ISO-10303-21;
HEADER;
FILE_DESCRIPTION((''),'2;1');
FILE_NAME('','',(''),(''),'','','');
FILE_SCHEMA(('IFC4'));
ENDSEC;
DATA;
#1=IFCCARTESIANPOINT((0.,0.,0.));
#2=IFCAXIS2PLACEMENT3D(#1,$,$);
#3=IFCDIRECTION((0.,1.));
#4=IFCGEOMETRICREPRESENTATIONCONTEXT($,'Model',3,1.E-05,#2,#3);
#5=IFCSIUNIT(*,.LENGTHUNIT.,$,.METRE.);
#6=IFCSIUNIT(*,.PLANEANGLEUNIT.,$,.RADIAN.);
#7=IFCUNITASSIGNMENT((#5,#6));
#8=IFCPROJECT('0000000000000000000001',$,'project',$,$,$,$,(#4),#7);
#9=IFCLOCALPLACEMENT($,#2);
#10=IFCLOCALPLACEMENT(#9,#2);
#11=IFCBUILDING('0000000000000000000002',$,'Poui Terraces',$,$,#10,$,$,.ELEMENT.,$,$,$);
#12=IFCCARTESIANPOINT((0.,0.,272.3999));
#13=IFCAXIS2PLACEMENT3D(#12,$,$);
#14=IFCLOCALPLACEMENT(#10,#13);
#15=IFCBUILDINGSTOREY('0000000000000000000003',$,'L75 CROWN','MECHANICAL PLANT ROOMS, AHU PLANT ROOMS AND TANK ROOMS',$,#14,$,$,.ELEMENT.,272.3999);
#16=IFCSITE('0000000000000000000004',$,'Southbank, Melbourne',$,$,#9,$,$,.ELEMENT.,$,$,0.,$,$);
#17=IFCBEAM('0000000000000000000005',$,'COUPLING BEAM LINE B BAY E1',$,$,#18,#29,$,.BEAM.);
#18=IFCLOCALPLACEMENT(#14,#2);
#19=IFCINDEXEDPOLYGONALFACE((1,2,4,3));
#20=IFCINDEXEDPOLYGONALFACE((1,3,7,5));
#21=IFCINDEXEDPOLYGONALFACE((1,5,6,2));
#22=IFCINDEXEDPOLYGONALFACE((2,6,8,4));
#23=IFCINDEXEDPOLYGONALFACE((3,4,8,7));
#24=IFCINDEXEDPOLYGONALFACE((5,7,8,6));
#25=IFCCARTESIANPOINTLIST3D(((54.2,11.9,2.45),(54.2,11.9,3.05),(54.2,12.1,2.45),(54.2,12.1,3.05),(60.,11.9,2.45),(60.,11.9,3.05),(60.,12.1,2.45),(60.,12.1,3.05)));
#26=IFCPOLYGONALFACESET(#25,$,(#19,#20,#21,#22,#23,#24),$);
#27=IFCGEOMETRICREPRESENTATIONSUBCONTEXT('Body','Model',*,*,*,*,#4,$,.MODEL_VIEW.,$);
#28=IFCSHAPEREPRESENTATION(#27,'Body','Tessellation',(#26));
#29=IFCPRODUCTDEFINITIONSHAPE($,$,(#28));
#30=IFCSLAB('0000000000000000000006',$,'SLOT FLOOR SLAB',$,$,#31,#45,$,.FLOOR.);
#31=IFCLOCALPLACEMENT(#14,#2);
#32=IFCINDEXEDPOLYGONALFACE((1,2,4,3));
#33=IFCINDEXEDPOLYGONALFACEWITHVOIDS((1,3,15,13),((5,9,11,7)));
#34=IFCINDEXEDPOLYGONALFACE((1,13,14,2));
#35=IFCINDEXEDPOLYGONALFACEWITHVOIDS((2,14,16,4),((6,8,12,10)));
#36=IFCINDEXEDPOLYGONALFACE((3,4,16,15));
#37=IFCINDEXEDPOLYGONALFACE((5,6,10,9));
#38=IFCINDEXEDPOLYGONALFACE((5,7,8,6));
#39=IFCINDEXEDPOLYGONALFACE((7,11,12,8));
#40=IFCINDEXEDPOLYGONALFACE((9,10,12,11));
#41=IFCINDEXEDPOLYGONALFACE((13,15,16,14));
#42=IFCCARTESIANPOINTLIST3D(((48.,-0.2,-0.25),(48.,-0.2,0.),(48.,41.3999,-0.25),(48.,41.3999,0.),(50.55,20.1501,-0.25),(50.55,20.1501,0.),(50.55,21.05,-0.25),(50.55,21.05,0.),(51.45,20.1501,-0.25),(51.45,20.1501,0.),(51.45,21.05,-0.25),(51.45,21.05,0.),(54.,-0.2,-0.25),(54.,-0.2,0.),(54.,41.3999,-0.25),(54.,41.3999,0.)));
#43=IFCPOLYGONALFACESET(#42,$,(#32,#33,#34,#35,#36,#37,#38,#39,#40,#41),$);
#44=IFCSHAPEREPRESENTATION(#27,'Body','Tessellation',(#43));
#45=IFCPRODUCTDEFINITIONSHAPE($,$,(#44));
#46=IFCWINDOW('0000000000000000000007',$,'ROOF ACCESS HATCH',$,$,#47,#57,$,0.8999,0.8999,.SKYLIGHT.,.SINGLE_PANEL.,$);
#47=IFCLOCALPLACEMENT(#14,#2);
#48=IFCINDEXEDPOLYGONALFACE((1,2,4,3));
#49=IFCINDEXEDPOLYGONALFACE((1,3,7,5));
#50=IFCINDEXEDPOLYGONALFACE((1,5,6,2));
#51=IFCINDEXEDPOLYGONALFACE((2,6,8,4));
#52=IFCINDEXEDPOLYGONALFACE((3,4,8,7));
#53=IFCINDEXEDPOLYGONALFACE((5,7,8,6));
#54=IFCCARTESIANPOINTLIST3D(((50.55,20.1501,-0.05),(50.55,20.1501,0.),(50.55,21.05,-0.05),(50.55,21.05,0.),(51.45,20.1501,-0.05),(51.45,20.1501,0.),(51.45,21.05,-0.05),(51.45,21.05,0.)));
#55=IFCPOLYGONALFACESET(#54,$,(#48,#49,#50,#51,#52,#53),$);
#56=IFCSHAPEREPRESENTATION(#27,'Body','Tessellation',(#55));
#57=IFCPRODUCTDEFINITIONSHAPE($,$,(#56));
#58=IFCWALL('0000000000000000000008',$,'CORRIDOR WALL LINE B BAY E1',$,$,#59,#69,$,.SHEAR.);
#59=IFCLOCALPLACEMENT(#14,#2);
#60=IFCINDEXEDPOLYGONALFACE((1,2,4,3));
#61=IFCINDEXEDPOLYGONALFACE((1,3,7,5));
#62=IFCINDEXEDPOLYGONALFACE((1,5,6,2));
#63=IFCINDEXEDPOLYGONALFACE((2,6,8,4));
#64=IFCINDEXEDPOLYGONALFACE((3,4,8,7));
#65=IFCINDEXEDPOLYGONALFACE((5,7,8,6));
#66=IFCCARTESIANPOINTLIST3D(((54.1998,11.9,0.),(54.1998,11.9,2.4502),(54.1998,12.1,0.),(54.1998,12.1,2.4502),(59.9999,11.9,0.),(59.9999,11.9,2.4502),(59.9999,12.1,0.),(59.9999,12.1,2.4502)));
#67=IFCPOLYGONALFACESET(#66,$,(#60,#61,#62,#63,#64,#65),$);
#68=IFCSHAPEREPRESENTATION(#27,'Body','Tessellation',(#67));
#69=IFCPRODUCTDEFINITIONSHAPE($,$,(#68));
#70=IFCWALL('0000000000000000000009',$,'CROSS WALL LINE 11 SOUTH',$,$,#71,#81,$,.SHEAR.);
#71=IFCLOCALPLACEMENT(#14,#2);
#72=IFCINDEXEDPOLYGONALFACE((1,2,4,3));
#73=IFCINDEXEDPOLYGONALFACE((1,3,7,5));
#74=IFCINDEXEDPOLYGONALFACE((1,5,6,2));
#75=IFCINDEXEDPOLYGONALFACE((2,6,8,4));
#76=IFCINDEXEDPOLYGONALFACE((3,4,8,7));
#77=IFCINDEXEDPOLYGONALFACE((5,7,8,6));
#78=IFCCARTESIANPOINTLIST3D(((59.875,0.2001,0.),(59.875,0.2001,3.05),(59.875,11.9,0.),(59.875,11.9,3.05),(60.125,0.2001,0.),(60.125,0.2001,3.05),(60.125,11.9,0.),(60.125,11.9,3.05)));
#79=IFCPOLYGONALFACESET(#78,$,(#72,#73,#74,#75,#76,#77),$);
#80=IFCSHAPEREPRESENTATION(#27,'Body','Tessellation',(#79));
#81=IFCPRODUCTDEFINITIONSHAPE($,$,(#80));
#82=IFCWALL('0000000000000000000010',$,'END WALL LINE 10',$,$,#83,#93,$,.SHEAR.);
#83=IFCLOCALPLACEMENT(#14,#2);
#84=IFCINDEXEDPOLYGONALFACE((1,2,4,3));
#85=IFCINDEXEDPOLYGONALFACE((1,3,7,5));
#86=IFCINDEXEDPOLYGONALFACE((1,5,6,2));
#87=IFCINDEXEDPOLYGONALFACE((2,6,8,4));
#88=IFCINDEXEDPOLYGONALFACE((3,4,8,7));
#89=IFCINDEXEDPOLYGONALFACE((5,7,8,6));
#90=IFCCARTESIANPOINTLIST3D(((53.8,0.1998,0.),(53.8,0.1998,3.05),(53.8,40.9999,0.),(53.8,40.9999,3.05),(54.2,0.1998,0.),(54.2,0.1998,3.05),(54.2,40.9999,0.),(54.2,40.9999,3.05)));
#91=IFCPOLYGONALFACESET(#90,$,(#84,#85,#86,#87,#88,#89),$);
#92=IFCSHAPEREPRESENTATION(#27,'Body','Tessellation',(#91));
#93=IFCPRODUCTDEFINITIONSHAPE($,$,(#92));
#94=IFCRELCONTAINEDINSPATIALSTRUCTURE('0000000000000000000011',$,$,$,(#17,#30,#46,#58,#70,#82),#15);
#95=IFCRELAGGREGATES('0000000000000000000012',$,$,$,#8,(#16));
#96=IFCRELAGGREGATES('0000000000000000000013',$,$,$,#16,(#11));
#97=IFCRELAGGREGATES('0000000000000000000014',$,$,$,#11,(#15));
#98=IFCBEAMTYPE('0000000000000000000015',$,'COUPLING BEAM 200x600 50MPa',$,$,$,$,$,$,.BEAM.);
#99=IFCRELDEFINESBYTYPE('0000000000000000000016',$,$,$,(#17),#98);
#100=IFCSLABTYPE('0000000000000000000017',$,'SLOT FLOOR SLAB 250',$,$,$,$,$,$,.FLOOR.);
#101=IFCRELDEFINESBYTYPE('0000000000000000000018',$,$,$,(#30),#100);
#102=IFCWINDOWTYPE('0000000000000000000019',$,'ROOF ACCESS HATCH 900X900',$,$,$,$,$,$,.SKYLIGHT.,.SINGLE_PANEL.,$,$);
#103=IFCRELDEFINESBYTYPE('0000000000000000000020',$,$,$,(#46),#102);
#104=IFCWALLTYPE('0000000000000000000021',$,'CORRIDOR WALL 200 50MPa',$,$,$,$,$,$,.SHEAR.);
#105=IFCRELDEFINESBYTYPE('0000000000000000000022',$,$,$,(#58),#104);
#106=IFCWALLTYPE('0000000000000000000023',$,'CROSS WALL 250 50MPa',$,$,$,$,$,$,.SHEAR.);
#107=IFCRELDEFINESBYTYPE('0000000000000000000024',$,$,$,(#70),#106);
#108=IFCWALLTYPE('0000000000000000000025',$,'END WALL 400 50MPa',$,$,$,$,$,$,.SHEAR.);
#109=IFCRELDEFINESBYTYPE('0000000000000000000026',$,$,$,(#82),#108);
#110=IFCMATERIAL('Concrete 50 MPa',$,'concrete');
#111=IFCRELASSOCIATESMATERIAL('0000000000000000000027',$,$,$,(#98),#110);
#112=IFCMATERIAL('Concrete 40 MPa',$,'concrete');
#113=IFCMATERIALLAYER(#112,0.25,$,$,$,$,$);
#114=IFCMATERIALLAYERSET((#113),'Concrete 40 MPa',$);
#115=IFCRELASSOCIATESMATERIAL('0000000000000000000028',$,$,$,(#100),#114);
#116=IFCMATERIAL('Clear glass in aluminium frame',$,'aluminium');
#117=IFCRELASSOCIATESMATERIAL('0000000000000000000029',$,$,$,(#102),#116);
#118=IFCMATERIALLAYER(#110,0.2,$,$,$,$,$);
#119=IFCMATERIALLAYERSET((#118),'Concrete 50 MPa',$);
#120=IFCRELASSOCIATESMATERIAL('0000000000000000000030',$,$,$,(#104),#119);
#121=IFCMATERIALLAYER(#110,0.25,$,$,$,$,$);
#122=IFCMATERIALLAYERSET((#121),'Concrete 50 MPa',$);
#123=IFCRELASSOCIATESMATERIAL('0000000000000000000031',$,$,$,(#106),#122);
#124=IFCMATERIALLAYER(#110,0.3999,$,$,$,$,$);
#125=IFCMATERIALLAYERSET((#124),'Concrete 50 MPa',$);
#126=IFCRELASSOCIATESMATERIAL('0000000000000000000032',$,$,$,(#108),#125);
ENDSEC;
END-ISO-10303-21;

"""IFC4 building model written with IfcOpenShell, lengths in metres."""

from ifc_helpers import new_model, si_unit, direction, frame, frame_2d, origin, origin_2d, place, context, subcontext, project, spatial, polyline, rectangle, outline, extrude, source, transform, mapped, material, layer, layer_set, material_profile, profile_set, type_object, element, fill, save


model = new_model("IFC4")

# Units and contexts
model_context = context("Model", 3, precision=1e-05, world=origin(), true_north=direction((0.0, 1.0)))
body_context = subcontext(model_context, "Body", "Model", "MODEL_VIEW")
ifc_project = project(units=[si_unit("LENGTHUNIT", "METRE"), si_unit("PLANEANGLEUNIT", "RADIAN")], contexts=[model_context])

# Site, building, storey
site_placement = place(None, origin())
site = spatial("IfcSite", under=ifc_project, at=site_placement, Name="Southbank, Melbourne", CompositionType="ELEMENT", RefElevation=0.0)
building_placement = place(site_placement, origin())
building = spatial("IfcBuilding", under=site, at=building_placement, Name="Poui Terraces", CompositionType="ELEMENT")
storey_placement = place(building_placement, frame((0.0, 0.0, 272.3999)))
storey = spatial("IfcBuildingStorey", under=building, at=storey_placement, Name="L75 CROWN", Description="MECHANICAL PLANT ROOMS, AHU PLANT ROOMS AND TANK ROOMS", CompositionType="ELEMENT", Elevation=272.3999)

# Beam
ifc_material_1 = material(Name="Concrete 50 MPa", Category="concrete")
ifc_material_profile_1 = material_profile(ifc_material_1, rectangle(XDim=0.2, YDim=0.6001, at=origin_2d()), Name="RC 200x600")
ifc_profile_set_1 = profile_set([ifc_material_profile_1], Name="Concrete 50 MPa")
beam_type = type_object("IfcBeamType", Name="COUPLING BEAM 200x600 50MPa", PredefinedType="BEAM", material=ifc_profile_set_1)
shared_shape_1 = source(origin(), body_context, "Body", "SweptSolid", [
    extrude(rectangle(XDim=0.2, YDim=0.6001, at=origin_2d()), origin(), (0.0, 0.0, 1.0), 5.8),
])
beam_placement = place(storey_placement, frame((54.2, 12.0, 2.75), z_axis=(1.0, 0.0, 0.0), x_axis=(0.0, 1.0, 0.0)))
element("IfcBeam", 1, at=beam_placement, inside=storey, type_object=beam_type, Name="COUPLING BEAM LINE B BAY E1", PredefinedType="BEAM", context=body_context, shape_type="MappedRepresentation", body=[
    mapped(shared_shape_1, transform((0.0, 0.0, 0.0))),
])

# Slab, opening, window
ifc_material_2 = material(Name="Concrete 40 MPa", Category="concrete")
ifc_layer_1 = layer(ifc_material_2, 0.25)
ifc_layer_set_1 = layer_set([ifc_layer_1], Name="Concrete 40 MPa")
slab_type = type_object("IfcSlabType", Name="SLOT FLOOR SLAB 250", PredefinedType="FLOOR", material=ifc_layer_set_1)
shared_shape_2 = source(origin(), body_context, "Body", "SweptSolid", [
    extrude(outline(polyline([(0.0, 0.0), (0.0, 41.5999), (-6.0, 41.5999), (-6.0, 0.0), (0.0, 0.0)])), origin(), (0.0, 0.0, 1.0), 0.25),
])
slab_placement = place(storey_placement, frame((54.0, -0.2, -0.25)))
slab = element("IfcSlab", 2, at=slab_placement, inside=storey, type_object=slab_type, Name="SLOT FLOOR SLAB", PredefinedType="FLOOR", context=body_context, shape_type="MappedRepresentation", body=[
    mapped(shared_shape_2, transform((0.0, 0.0, 0.0))),
])
opening_1_placement = place(slab_placement, frame((-3.0, 20.8, -0.01)))
opening_1 = element("IfcOpeningElement", 3, at=opening_1_placement, cuts=slab, PredefinedType="OPENING", context=body_context, shape_type="SweptSolid", body=[
    extrude(rectangle(XDim=0.8999, YDim=0.8999, at=origin_2d()), origin(), (0.0, 0.0, 1.0), 0.27),
])
ifc_material_3 = material(Name="Clear glass in aluminium frame", Category="aluminium")
window_type_1 = type_object("IfcWindowType", Name="ROOF ACCESS HATCH 900X900", PartitioningType="SINGLE_PANEL", PredefinedType="SKYLIGHT", material=ifc_material_3)
window_1_placement = place(opening_1_placement, frame((0.0, 0.0, 0.21)))
window_1 = element("IfcWindow", 4, at=window_1_placement, inside=storey, type_object=window_type_1, Name="ROOF ACCESS HATCH", OverallHeight=0.8999, OverallWidth=0.8999, PartitioningType="SINGLE_PANEL", PredefinedType="SKYLIGHT", context=body_context, shape_type="SweptSolid", body=[
    extrude(rectangle(XDim=0.8999, YDim=0.8999, at=origin_2d()), origin(), (0.0, 0.0, 1.0), 0.05),
])
fill(opening_1, window_1)

# Walls
ifc_layer_2 = layer(ifc_material_1, 0.2)
ifc_layer_set_2 = layer_set([ifc_layer_2], Name="Concrete 50 MPa")
wall_type_1 = type_object("IfcWallType", Name="CORRIDOR WALL 200 50MPa", PredefinedType="SHEAR", material=ifc_layer_set_2)
wall_1_placement = place(storey_placement, frame((54.2, 12.0, 0.0), z_axis=(0.0, 0.0, 1.0), x_axis=(1.0, 0.0, 0.0)))
element("IfcWall", 5, at=wall_1_placement, inside=storey, type_object=wall_type_1, Name="CORRIDOR WALL LINE B BAY E1", PredefinedType="SHEAR", context=body_context, shape_type="SweptSolid", body=[
    extrude(rectangle(XDim=5.8, YDim=0.2, at=frame_2d((2.8999, 0.0))), origin(), (0.0, 0.0, 1.0), 2.4502),
])
ifc_layer_3 = layer(ifc_material_1, 0.25)
ifc_layer_set_3 = layer_set([ifc_layer_3], Name="Concrete 50 MPa")
wall_type_2 = type_object("IfcWallType", Name="CROSS WALL 250 50MPa", PredefinedType="SHEAR", material=ifc_layer_set_3)
wall_2_placement = place(storey_placement, frame((60.0, 0.2, 0.0), z_axis=(0.0, 0.0, 1.0), x_axis=(0.0, 1.0, 0.0)))
element("IfcWall", 6, at=wall_2_placement, inside=storey, type_object=wall_type_2, Name="CROSS WALL LINE 11 SOUTH", PredefinedType="SHEAR", context=body_context, shape_type="SweptSolid", body=[
    extrude(rectangle(XDim=11.7, YDim=0.25, at=frame_2d((5.8501, 0.0))), origin(), (0.0, 0.0, 1.0), 3.05),
])
ifc_layer_4 = layer(ifc_material_1, 0.3999)
ifc_layer_set_4 = layer_set([ifc_layer_4], Name="Concrete 50 MPa")
wall_type_3 = type_object("IfcWallType", Name="END WALL 400 50MPa", PredefinedType="SHEAR", material=ifc_layer_set_4)
wall_3_placement = place(storey_placement, frame((54.0, 0.2, 0.0), z_axis=(0.0, 0.0, 1.0), x_axis=(0.0, 1.0, 0.0)))
element("IfcWall", 7, at=wall_3_placement, inside=storey, type_object=wall_type_3, Name="END WALL LINE 10", PredefinedType="SHEAR", context=body_context, shape_type="SweptSolid", body=[
    extrude(rectangle(XDim=40.8, YDim=0.3999, at=frame_2d((20.3999, 0.0))), origin(), (0.0, 0.0, 1.0), 3.05),
])

save(model, "model.ifc")
